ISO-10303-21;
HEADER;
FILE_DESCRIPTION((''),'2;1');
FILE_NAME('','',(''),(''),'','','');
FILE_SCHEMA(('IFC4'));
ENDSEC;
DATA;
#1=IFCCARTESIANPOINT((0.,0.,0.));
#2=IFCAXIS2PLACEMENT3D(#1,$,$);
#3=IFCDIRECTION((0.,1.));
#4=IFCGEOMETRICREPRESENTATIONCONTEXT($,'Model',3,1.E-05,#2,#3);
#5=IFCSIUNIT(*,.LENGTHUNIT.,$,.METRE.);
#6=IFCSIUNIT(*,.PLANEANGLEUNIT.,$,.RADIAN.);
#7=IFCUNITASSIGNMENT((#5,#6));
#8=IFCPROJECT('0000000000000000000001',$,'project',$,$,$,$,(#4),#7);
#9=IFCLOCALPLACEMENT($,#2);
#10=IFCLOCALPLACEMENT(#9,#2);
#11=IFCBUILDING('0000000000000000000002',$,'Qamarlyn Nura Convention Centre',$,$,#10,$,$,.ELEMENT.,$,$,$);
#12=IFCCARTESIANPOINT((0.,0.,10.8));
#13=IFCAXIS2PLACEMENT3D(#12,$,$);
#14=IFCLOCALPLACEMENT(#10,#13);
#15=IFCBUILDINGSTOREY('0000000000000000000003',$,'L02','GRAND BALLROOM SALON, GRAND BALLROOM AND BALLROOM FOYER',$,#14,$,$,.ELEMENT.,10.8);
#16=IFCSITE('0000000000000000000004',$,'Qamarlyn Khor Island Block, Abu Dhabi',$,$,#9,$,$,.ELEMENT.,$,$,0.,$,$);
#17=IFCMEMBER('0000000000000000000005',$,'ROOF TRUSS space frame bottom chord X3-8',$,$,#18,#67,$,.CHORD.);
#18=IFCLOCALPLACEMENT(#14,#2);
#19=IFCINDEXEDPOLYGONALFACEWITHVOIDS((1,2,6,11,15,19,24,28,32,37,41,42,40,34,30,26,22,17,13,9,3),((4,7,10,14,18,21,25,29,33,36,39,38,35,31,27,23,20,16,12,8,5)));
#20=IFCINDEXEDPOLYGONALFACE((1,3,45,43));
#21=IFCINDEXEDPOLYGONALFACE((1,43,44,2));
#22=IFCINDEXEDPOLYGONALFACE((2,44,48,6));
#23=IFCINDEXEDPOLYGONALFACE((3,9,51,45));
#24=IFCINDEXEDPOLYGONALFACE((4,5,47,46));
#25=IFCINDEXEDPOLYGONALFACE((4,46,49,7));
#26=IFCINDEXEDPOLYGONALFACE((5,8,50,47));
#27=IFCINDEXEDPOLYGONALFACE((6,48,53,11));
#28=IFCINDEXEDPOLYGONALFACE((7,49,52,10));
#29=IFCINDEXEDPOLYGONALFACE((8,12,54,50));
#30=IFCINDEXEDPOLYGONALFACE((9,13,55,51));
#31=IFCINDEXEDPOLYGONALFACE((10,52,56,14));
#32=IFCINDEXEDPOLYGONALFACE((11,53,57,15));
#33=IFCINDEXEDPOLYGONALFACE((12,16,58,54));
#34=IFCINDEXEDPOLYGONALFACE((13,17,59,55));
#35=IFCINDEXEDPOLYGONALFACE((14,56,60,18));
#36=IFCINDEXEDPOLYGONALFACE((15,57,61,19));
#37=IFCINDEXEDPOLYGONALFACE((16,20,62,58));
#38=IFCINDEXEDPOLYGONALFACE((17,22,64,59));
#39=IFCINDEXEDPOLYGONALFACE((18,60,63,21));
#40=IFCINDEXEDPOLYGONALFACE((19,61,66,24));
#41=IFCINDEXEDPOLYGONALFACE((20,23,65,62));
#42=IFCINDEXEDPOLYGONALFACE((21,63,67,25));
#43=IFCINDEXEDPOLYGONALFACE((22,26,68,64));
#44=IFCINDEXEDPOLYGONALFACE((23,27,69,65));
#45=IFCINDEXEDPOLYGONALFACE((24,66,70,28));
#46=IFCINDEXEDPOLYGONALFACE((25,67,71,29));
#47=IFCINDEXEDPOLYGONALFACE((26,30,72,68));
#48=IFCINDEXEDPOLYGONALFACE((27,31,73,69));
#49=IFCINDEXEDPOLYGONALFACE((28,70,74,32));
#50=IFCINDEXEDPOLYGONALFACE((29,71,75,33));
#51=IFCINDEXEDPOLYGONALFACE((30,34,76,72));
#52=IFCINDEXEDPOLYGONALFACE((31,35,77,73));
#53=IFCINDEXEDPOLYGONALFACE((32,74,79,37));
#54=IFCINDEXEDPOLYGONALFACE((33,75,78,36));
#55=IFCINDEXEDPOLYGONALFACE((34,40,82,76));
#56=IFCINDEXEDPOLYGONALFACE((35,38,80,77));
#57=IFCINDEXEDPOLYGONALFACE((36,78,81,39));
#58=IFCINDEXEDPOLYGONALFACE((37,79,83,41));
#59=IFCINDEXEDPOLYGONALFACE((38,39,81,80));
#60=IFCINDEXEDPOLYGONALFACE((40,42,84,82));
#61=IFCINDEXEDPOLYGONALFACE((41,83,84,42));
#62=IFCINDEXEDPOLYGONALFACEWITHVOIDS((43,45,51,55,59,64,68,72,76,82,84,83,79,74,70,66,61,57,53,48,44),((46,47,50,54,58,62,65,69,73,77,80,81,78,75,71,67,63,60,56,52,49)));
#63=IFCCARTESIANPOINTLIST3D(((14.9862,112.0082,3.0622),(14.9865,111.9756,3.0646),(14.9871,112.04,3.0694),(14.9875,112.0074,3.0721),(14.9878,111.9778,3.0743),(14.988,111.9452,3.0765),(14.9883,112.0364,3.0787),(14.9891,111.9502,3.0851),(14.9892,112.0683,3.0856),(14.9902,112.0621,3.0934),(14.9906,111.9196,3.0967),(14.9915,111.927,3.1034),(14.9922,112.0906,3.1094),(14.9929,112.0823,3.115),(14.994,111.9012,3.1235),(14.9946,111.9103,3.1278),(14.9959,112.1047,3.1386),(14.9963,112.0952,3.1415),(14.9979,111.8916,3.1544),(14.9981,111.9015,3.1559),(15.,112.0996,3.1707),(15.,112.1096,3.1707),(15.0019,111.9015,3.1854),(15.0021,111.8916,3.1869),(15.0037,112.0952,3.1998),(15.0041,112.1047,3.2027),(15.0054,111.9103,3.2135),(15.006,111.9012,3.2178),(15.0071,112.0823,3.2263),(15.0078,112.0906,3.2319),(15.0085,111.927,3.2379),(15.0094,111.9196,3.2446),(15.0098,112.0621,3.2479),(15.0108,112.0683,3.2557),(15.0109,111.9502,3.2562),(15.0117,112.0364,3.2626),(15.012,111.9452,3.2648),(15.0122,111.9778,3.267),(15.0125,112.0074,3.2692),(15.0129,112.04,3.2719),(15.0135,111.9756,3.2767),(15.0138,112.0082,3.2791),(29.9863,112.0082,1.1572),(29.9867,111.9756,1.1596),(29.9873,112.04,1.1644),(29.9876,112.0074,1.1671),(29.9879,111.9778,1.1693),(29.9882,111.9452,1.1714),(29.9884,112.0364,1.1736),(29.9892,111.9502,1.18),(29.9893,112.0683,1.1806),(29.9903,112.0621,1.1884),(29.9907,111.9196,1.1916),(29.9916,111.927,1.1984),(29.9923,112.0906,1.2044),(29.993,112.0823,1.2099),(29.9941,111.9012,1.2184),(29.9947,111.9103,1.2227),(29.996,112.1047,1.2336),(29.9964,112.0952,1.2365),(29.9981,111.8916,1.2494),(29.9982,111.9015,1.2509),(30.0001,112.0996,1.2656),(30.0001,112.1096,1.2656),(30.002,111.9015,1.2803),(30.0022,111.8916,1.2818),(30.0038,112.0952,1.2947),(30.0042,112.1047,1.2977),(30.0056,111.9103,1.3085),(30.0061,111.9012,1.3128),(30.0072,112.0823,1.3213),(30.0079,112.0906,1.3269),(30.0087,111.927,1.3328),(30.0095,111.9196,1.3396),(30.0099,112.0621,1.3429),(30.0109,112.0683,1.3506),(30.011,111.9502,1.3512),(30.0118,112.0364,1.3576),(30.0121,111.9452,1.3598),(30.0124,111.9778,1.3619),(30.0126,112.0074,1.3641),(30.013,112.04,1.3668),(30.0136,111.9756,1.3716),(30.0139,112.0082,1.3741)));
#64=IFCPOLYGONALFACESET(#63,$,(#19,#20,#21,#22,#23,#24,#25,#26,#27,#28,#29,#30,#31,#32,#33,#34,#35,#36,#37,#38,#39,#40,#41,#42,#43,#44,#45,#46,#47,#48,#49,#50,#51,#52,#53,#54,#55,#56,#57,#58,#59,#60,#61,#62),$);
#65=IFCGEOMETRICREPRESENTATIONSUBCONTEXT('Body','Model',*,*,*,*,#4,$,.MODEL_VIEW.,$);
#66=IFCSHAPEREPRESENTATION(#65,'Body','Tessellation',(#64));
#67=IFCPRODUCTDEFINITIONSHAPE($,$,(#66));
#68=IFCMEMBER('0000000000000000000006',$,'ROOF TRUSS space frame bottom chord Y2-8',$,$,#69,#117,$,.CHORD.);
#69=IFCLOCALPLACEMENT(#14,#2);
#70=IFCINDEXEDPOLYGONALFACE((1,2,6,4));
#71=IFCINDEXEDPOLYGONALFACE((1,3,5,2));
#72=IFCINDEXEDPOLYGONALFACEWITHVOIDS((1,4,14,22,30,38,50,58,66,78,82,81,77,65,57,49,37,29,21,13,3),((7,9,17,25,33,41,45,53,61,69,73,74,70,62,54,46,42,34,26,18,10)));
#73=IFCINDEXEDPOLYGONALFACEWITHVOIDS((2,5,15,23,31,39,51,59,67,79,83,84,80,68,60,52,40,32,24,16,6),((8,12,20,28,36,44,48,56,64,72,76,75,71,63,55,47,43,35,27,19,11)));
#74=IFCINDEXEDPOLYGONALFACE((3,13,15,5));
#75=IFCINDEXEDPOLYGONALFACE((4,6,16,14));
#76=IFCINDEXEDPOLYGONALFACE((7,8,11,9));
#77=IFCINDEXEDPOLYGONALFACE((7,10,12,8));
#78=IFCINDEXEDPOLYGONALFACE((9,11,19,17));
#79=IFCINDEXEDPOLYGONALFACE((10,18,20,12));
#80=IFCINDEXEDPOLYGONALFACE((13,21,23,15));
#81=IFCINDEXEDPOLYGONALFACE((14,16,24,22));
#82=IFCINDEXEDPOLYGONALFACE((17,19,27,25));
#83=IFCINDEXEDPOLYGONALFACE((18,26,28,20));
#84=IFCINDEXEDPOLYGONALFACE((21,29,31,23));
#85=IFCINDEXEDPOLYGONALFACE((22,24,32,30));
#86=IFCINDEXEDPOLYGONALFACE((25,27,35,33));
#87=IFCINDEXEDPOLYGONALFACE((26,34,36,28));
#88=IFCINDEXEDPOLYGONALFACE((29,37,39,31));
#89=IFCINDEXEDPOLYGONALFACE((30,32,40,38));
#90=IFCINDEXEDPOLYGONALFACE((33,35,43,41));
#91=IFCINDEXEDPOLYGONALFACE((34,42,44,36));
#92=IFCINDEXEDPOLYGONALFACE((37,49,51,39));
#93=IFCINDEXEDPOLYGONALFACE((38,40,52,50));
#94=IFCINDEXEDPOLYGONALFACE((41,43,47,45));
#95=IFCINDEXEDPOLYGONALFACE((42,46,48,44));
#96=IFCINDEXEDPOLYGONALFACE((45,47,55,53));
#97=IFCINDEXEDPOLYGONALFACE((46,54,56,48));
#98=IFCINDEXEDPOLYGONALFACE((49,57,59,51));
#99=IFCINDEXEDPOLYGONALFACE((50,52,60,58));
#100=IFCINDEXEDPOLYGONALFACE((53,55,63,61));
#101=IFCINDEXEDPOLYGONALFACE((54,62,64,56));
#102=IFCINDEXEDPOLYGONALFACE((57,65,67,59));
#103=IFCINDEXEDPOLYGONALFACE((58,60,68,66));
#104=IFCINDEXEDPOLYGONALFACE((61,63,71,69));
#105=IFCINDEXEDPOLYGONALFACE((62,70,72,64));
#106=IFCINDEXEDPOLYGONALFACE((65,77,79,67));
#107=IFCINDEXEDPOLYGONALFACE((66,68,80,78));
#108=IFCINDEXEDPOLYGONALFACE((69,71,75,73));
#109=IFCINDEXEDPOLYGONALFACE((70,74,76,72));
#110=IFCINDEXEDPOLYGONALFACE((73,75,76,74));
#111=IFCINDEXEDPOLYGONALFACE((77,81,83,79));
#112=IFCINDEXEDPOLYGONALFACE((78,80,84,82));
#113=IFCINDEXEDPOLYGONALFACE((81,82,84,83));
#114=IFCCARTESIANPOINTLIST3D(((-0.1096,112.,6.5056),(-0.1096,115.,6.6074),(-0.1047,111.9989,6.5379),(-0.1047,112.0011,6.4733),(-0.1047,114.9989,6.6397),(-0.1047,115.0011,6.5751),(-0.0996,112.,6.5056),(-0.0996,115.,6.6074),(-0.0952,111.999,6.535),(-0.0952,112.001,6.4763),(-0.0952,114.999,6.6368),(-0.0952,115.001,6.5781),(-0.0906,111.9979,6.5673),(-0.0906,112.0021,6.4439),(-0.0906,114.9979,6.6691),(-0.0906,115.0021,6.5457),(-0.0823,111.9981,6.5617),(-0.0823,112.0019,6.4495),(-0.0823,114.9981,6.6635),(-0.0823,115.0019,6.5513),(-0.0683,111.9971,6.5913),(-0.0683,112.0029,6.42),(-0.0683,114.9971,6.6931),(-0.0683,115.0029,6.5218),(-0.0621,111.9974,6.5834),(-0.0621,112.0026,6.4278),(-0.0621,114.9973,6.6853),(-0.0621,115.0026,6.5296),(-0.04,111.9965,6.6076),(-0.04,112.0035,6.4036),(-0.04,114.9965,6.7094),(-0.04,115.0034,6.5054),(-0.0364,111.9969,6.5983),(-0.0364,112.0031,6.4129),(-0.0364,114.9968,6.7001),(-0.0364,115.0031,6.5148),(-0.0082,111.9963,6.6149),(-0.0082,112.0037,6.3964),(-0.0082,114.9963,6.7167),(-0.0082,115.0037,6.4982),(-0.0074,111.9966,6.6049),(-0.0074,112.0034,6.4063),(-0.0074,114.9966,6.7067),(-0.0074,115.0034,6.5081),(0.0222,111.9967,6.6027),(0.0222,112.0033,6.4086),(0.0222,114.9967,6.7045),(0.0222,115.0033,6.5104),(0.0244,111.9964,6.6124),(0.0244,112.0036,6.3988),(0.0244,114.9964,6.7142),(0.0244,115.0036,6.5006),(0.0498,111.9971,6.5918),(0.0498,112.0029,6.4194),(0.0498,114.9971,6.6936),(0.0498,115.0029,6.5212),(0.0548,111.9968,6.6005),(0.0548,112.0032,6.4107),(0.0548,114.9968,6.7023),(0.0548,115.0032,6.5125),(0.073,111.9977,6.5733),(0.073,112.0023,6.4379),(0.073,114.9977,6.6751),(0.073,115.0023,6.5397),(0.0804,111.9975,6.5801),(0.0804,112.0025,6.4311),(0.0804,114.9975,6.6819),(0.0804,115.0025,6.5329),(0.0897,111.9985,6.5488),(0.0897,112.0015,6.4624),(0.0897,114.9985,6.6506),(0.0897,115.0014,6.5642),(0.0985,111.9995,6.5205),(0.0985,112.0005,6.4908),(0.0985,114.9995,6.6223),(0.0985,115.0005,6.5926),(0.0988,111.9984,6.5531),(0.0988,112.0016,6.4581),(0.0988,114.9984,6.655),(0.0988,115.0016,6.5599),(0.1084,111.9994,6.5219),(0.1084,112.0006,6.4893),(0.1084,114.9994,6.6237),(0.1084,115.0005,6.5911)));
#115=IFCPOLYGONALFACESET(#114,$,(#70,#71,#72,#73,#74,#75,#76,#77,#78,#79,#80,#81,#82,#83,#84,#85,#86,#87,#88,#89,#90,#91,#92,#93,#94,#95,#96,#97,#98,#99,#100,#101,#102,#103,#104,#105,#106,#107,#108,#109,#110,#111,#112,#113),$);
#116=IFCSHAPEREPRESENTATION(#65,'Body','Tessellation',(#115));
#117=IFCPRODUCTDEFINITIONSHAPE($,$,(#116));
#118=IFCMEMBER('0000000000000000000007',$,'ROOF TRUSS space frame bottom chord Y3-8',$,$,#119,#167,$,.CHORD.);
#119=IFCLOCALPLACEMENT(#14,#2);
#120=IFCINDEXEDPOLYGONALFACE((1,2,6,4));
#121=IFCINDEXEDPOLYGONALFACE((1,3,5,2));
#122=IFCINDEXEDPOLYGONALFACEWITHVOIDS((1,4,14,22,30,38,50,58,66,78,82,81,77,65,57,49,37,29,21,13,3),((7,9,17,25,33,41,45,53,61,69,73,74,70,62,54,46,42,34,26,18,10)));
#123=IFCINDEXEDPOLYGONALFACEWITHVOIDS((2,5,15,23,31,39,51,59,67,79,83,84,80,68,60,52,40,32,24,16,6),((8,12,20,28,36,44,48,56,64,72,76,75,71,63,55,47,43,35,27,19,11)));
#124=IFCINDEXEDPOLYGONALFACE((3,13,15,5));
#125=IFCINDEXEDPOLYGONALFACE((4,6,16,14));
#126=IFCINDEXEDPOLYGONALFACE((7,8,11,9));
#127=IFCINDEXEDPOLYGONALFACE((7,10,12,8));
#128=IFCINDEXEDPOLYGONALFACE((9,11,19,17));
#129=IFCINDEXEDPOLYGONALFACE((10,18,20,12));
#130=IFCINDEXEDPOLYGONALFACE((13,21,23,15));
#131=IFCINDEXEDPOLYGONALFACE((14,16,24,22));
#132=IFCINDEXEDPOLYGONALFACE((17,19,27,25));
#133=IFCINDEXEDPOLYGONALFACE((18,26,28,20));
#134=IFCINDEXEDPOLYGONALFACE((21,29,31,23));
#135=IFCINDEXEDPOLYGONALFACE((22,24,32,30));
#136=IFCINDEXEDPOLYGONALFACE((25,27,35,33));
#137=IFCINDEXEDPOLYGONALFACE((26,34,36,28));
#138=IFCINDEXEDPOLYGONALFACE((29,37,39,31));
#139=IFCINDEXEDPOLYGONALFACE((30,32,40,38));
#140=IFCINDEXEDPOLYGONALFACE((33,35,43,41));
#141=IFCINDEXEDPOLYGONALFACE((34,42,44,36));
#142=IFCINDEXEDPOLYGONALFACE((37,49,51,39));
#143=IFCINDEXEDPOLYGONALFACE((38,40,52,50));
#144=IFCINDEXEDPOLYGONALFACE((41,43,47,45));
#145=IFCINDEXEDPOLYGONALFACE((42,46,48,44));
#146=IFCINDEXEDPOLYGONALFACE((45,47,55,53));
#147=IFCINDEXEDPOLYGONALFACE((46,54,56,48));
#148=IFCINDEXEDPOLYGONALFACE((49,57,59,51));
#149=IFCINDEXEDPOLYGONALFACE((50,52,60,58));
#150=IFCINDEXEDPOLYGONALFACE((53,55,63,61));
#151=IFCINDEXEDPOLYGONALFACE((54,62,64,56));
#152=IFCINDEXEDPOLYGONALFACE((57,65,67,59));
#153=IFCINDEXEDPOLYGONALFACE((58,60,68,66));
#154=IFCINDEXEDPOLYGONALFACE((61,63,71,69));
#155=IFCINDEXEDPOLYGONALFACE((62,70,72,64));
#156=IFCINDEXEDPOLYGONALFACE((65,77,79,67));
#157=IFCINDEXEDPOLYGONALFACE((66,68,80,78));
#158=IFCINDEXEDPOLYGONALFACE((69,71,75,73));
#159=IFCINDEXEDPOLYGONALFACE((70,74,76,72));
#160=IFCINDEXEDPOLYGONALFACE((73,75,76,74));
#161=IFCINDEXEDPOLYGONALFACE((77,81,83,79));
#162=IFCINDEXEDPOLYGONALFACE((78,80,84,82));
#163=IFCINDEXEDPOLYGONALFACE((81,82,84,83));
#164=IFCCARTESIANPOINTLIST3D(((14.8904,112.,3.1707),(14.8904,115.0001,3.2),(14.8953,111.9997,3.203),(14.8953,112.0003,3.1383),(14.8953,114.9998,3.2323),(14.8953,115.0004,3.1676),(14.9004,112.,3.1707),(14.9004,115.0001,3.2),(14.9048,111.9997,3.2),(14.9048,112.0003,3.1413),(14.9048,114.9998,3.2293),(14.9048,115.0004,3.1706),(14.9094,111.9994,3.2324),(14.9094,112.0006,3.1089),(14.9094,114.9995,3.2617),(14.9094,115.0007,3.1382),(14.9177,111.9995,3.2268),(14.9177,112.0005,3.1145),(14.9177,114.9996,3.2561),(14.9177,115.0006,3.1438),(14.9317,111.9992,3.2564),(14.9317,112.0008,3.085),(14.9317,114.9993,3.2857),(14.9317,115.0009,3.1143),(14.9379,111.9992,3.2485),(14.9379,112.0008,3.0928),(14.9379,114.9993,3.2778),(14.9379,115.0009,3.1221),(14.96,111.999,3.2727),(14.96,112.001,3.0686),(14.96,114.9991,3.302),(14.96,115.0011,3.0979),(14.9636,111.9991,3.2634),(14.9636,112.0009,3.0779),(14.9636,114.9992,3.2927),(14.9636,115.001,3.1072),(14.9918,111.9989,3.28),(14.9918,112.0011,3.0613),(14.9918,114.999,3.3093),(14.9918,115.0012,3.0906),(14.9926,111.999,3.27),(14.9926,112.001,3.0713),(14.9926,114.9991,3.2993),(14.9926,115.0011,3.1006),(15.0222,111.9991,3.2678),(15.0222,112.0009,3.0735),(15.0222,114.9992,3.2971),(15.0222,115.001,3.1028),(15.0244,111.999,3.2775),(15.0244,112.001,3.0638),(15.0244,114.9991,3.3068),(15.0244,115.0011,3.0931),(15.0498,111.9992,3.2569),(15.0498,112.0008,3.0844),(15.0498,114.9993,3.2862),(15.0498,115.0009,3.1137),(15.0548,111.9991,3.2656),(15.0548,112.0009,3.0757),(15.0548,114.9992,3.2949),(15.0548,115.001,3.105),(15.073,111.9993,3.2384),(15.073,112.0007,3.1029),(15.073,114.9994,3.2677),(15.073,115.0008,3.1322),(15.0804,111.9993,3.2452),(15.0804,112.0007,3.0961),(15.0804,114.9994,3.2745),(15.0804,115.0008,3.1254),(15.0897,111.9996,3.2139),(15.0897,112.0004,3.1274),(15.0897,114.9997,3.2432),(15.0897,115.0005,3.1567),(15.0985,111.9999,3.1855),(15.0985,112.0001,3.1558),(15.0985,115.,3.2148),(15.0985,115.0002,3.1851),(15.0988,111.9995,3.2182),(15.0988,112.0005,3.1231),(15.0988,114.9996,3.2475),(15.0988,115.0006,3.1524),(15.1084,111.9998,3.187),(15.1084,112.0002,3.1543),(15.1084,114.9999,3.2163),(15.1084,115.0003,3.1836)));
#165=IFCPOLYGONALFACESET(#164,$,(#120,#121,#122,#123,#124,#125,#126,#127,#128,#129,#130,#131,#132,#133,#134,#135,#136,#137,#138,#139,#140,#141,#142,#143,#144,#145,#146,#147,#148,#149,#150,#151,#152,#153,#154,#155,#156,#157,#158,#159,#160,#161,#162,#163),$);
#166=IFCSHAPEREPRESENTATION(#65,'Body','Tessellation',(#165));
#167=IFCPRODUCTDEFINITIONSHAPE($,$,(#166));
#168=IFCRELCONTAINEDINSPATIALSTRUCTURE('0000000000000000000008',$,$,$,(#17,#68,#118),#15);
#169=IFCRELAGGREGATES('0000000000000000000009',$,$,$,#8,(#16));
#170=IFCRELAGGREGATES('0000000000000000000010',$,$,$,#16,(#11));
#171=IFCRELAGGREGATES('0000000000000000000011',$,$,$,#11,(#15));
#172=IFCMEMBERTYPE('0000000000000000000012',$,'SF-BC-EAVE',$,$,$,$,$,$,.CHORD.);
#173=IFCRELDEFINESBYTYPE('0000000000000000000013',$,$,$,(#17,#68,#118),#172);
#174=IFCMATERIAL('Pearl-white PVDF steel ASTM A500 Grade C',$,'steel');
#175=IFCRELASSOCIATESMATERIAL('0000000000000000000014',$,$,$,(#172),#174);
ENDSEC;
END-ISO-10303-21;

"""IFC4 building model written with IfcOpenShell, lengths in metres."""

from ifc_helpers import new_model, si_unit, direction, frame, origin, origin_2d, place, context, subcontext, project, spatial, hollow_circle, extrude, material, material_profile, profile_set, type_object, element, save


model = new_model("IFC4")

# Units and contexts
model_context = context("Model", 3, precision=1e-05, world=origin(), true_north=direction((0.0, 1.0)))
body_context = subcontext(model_context, "Body", "Model", "MODEL_VIEW")
ifc_project = project(units=[si_unit("LENGTHUNIT", "METRE"), si_unit("PLANEANGLEUNIT", "RADIAN")], contexts=[model_context])

# Site, building, storey
site_placement = place(None, origin())
site = spatial("IfcSite", under=ifc_project, at=site_placement, Name="Qamarlyn Khor Island Block, Abu Dhabi", CompositionType="ELEMENT", RefElevation=0.0)
building_placement = place(site_placement, origin())
building = spatial("IfcBuilding", under=site, at=building_placement, Name="Qamarlyn Nura Convention Centre", CompositionType="ELEMENT")
storey_placement = place(building_placement, frame((0.0, 0.0, 10.8)))
storey = spatial("IfcBuildingStorey", under=building, at=storey_placement, Name="L02", Description="GRAND BALLROOM SALON, GRAND BALLROOM AND BALLROOM FOYER", CompositionType="ELEMENT", Elevation=10.8)

# Members
ifc_material_1 = material(Name="Pearl-white PVDF steel ASTM A500 Grade C", Category="steel")
ifc_material_profile_1 = material_profile(ifc_material_1, hollow_circle(Radius=0.1096, WallThickness=0.01, at=origin_2d()), Name="CHS219.1X10")
ifc_profile_set_1 = profile_set([ifc_material_profile_1], Name="Pearl-white PVDF steel ASTM A500 Grade C")
member_type_1 = type_object("IfcMemberType", Name="SF-BC-EAVE", PredefinedType="CHORD", material=ifc_profile_set_1)
member_1_placement = place(storey_placement, frame((15.0, 112.0, 3.1707), z_axis=(0.992032, 0.0, -0.12599), x_axis=(0.0, 1.0, 0.0)))
element("IfcMember", 1, at=member_1_placement, inside=storey, type_object=member_type_1, Name="ROOF TRUSS space frame bottom chord X3-8", PredefinedType="CHORD", context=body_context, shape_type="SweptSolid", body=[
    extrude(hollow_circle(Radius=0.1096, WallThickness=0.01, at=origin_2d()), origin(), (0.0, 0.0, 1.0), 15.1206),
])
member_2_placement = place(storey_placement, frame((0.0, 112.0, 6.5056), z_axis=(0.0, 0.999425, 0.033916), x_axis=(-1.0, 0.0, 0.0)))
element("IfcMember", 2, at=member_2_placement, inside=storey, type_object=member_type_1, Name="ROOF TRUSS space frame bottom chord Y2-8", PredefinedType="CHORD", context=body_context, shape_type="SweptSolid", body=[
    extrude(hollow_circle(Radius=0.1096, WallThickness=0.01, at=origin_2d()), origin(), (0.0, 0.0, 1.0), 3.0017),
])
member_3_placement = place(storey_placement, frame((15.0, 112.0, 3.1707), z_axis=(0.0, 0.999952, 0.009765), x_axis=(-1.0, 0.0, 0.0)))
element("IfcMember", 3, at=member_3_placement, inside=storey, type_object=member_type_1, Name="ROOF TRUSS space frame bottom chord Y3-8", PredefinedType="CHORD", context=body_context, shape_type="SweptSolid", body=[
    extrude(hollow_circle(Radius=0.1096, WallThickness=0.01, at=origin_2d()), origin(), (0.0, 0.0, 1.0), 3.0002),
])

save(model, "model.ifc")
